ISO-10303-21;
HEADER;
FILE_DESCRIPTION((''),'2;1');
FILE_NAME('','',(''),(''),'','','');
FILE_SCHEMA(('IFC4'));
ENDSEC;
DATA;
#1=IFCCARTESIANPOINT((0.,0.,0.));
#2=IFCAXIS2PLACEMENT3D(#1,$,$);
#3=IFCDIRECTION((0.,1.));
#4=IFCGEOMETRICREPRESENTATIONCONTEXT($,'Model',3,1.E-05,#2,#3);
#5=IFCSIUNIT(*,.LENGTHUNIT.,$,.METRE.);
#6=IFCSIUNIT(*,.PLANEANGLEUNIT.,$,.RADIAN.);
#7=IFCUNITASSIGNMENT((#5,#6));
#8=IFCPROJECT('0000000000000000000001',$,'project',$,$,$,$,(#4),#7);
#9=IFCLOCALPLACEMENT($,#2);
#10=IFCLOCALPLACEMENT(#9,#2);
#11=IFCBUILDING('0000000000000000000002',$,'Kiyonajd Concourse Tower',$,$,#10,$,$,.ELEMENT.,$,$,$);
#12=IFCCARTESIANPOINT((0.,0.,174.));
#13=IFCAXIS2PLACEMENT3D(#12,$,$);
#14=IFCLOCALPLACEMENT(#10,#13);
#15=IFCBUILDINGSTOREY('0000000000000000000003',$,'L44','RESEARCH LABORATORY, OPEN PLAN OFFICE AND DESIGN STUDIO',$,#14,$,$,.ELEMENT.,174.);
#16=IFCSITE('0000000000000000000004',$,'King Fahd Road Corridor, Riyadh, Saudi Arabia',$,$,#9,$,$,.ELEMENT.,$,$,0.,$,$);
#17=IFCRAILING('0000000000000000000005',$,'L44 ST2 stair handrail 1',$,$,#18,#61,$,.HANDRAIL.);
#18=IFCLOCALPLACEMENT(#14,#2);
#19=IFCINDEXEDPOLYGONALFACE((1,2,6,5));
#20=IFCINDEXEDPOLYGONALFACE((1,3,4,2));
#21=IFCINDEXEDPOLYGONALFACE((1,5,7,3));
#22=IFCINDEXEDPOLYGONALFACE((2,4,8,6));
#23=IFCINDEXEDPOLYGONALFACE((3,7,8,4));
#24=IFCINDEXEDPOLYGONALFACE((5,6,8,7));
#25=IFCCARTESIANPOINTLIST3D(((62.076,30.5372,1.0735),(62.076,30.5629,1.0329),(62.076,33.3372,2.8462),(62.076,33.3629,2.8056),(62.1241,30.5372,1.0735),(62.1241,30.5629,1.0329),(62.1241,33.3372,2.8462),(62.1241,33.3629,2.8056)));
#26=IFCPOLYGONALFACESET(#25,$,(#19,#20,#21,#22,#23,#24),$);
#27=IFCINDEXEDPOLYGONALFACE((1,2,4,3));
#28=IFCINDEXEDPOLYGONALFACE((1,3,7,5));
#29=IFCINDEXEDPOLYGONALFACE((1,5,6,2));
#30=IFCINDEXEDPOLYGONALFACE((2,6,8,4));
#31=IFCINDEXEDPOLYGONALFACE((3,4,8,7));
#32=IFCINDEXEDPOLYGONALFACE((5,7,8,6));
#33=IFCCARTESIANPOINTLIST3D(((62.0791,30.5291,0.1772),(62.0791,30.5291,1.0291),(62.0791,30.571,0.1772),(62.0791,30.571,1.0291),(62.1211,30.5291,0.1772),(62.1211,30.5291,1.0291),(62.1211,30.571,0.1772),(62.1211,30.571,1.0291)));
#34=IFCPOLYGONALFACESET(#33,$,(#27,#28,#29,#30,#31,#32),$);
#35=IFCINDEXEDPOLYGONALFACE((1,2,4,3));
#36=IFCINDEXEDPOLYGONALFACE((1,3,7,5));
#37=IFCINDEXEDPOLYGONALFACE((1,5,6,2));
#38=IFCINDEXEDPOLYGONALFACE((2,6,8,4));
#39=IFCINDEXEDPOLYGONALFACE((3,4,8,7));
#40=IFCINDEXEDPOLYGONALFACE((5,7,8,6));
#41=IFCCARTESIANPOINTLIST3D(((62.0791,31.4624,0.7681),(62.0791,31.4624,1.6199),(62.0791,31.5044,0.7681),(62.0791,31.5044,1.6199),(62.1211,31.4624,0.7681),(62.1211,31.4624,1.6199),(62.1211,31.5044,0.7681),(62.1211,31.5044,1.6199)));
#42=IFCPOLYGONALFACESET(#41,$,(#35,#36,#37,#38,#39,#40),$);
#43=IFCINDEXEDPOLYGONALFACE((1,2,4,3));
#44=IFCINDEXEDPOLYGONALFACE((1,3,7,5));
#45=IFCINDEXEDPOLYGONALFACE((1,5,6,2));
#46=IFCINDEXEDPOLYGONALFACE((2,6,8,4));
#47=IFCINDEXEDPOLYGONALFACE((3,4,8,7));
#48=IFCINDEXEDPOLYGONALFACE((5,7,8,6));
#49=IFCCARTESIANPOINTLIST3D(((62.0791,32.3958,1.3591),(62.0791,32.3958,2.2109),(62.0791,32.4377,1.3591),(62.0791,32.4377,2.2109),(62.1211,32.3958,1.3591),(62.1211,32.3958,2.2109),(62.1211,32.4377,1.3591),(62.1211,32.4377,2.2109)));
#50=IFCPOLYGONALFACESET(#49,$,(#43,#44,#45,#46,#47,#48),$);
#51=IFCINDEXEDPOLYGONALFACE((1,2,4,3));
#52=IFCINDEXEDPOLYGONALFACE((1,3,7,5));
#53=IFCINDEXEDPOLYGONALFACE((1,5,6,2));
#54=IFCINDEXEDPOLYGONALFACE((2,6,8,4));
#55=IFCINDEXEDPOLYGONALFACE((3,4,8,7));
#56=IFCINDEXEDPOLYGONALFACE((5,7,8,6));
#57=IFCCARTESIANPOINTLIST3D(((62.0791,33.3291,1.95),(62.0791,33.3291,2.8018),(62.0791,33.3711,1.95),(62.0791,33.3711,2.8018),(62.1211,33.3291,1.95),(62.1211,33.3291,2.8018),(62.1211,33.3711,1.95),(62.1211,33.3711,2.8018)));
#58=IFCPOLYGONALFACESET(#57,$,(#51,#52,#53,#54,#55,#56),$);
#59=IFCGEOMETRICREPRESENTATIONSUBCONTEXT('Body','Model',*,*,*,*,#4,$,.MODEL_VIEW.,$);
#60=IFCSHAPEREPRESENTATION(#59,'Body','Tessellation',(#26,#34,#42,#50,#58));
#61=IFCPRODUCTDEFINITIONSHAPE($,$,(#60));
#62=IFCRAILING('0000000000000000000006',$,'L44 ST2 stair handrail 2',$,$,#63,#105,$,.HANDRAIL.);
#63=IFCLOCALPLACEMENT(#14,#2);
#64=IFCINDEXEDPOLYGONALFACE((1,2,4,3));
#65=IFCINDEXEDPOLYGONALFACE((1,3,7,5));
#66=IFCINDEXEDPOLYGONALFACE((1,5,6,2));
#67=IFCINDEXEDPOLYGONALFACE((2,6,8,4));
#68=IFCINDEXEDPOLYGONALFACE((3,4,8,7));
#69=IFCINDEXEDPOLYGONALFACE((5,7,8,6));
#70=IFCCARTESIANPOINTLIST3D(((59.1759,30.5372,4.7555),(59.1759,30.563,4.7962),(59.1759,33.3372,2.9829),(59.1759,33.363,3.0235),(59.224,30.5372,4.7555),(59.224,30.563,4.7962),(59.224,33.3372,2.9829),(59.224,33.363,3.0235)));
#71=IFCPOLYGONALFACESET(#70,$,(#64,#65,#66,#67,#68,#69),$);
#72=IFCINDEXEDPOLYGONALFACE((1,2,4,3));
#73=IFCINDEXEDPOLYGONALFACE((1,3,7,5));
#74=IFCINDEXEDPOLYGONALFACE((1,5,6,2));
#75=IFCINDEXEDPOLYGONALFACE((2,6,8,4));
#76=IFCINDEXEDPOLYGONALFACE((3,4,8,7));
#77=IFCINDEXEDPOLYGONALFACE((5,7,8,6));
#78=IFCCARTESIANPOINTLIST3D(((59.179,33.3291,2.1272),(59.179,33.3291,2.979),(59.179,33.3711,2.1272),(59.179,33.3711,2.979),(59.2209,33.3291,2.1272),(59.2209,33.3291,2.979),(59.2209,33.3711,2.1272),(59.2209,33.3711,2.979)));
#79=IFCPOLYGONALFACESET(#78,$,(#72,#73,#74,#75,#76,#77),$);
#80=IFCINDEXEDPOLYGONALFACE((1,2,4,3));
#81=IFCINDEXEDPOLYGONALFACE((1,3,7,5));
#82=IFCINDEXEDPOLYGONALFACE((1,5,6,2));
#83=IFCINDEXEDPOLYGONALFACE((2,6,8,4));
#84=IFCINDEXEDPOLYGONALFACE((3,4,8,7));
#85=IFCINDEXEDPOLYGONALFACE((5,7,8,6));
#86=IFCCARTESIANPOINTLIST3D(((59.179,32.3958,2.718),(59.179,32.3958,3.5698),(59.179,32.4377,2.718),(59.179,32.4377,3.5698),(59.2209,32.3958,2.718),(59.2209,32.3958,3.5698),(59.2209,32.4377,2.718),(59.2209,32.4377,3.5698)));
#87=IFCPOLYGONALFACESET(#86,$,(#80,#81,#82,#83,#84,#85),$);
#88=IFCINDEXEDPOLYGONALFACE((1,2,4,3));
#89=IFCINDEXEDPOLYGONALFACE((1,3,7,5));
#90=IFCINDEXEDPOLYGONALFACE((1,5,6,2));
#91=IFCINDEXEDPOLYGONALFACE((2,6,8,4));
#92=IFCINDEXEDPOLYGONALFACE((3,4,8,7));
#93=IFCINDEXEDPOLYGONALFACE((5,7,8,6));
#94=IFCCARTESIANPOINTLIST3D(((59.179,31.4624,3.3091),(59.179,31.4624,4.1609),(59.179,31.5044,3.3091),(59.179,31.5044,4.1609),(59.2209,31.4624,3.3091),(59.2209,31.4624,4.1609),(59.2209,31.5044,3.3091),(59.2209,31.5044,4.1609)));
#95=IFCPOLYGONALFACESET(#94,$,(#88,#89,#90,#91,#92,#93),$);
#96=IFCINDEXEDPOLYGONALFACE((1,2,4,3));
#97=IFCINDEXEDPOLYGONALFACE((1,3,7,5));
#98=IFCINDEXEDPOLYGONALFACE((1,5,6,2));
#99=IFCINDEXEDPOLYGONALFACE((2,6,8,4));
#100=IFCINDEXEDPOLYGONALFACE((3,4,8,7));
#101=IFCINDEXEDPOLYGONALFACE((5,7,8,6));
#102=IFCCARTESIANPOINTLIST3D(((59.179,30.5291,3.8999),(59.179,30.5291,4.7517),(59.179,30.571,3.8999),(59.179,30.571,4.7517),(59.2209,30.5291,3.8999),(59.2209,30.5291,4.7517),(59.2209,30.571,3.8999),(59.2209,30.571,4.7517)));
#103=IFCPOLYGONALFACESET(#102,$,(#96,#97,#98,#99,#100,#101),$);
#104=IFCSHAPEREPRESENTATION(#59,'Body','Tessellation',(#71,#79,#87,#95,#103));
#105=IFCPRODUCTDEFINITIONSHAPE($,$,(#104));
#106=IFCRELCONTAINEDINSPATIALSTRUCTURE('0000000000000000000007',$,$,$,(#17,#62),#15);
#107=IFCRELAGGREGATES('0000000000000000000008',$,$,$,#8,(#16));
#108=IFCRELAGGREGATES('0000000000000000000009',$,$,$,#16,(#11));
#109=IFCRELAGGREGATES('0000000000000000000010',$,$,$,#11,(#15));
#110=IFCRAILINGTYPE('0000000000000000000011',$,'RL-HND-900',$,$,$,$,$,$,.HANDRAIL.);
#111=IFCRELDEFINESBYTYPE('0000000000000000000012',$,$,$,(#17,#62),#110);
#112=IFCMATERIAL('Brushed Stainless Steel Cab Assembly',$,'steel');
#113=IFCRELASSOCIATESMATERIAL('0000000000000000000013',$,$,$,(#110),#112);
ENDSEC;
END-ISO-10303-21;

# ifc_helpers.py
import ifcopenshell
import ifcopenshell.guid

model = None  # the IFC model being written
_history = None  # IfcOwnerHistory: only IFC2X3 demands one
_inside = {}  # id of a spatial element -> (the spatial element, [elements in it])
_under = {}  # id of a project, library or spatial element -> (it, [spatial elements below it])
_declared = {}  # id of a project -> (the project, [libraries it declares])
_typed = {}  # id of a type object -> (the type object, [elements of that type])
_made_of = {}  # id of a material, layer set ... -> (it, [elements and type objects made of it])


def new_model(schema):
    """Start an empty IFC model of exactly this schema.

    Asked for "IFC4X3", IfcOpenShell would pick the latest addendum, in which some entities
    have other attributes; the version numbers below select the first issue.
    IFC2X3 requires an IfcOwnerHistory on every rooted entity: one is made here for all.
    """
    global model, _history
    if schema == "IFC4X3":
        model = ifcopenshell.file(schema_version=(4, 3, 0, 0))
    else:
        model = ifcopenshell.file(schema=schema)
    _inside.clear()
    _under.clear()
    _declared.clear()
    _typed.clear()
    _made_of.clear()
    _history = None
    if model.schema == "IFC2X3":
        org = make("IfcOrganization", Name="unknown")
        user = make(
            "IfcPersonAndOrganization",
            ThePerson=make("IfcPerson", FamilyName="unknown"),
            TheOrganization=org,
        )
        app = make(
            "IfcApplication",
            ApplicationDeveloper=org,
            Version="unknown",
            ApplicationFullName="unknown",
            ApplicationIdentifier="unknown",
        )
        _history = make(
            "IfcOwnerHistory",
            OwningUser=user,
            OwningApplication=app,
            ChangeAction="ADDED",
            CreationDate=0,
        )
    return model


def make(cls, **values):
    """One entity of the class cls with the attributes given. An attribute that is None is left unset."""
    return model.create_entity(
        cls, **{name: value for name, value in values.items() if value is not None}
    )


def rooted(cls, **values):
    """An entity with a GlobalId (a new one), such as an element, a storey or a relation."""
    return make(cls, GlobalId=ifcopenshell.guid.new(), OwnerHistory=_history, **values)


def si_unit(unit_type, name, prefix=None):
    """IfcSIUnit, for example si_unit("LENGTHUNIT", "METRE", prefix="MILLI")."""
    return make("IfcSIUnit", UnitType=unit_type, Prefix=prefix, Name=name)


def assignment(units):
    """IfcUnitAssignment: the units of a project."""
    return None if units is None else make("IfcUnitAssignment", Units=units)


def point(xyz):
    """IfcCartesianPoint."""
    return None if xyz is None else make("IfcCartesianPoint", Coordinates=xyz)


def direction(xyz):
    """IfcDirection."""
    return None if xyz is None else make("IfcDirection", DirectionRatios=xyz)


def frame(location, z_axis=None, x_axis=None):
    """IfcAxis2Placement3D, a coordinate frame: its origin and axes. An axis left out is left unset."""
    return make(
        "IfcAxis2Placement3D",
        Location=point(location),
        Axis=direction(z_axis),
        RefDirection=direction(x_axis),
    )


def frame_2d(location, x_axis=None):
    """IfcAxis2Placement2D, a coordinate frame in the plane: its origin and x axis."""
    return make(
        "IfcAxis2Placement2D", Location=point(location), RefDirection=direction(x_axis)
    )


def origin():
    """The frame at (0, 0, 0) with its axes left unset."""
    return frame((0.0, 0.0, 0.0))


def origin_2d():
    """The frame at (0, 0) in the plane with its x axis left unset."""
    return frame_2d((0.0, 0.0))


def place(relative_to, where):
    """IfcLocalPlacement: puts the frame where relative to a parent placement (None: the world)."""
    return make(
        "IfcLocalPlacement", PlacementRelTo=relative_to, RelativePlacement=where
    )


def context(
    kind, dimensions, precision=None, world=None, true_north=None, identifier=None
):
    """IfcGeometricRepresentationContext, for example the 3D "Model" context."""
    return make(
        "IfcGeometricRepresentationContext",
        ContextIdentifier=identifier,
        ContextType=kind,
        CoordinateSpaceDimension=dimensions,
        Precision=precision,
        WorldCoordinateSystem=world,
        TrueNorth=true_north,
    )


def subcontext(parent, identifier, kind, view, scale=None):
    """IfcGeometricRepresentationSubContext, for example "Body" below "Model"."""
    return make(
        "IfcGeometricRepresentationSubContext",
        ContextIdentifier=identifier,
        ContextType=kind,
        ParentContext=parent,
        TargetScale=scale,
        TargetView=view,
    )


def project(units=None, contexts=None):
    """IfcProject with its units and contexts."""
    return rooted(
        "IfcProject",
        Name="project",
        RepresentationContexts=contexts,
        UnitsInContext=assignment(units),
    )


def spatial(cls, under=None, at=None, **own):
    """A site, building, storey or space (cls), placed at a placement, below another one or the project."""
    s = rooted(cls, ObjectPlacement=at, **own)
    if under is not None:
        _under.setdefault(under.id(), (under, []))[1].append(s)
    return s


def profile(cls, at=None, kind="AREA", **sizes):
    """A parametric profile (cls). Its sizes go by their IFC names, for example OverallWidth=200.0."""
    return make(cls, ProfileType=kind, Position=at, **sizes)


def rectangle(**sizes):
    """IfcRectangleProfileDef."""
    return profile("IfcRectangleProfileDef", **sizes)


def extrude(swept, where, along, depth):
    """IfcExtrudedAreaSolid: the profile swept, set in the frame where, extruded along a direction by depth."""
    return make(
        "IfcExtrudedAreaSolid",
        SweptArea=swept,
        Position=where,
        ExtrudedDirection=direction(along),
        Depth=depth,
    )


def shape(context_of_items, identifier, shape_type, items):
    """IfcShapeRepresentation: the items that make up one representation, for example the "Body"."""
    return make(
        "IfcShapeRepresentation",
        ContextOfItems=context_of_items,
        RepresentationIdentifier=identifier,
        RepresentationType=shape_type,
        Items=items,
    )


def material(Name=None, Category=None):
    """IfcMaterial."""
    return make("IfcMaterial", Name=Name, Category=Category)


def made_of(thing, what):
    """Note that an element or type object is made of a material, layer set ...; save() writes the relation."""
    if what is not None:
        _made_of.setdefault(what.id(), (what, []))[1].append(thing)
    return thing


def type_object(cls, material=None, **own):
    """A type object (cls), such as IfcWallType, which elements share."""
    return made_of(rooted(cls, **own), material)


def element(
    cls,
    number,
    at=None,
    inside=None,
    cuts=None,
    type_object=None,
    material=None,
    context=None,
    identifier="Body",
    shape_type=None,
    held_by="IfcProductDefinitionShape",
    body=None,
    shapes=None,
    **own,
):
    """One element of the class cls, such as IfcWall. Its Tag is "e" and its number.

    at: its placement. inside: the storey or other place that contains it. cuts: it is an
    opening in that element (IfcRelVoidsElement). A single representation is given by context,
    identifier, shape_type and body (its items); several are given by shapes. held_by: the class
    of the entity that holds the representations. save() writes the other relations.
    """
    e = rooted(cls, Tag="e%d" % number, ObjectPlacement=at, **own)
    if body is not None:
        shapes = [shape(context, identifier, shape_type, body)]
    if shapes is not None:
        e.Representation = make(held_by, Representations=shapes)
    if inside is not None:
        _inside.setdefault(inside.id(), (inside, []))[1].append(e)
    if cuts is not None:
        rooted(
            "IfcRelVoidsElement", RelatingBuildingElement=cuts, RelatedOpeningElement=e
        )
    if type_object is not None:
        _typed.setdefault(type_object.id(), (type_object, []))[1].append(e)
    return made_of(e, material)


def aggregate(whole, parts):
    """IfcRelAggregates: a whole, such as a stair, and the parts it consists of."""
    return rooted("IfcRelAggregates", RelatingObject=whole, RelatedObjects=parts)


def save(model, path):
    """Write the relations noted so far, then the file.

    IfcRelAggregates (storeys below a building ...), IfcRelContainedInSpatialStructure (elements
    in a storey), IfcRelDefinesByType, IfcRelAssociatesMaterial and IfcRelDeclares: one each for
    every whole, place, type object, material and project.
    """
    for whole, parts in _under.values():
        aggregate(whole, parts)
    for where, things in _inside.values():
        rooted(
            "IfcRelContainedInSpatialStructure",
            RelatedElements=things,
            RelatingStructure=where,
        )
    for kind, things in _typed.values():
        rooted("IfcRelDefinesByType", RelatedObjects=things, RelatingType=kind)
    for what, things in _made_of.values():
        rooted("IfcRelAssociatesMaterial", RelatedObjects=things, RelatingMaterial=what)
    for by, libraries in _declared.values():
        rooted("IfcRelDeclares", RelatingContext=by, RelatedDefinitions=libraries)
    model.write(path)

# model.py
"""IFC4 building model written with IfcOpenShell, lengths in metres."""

from ifc_helpers import new_model, si_unit, direction, frame, origin, origin_2d, place, context, subcontext, project, spatial, rectangle, extrude, material, type_object, element, save


model = new_model("IFC4")

# Units and contexts
model_context = context("Model", 3, precision=1e-05, world=origin(), true_north=direction((0.0, 1.0)))
body_context = subcontext(model_context, "Body", "Model", "MODEL_VIEW")
ifc_project = project(units=[si_unit("LENGTHUNIT", "METRE"), si_unit("PLANEANGLEUNIT", "RADIAN")], contexts=[model_context])

# Site, building, storey
site_placement = place(None, origin())
site = spatial("IfcSite", under=ifc_project, at=site_placement, Name="King Fahd Road Corridor, Riyadh, Saudi Arabia", CompositionType="ELEMENT", RefElevation=0.0)
building_placement = place(site_placement, origin())
building = spatial("IfcBuilding", under=site, at=building_placement, Name="Kiyonajd Concourse Tower", CompositionType="ELEMENT")
storey_placement = place(building_placement, frame((0.0, 0.0, 174.0)))
storey = spatial("IfcBuildingStorey", under=building, at=storey_placement, Name="L44", Description="RESEARCH LABORATORY, OPEN PLAN OFFICE AND DESIGN STUDIO", CompositionType="ELEMENT", Elevation=174.0)

# Railings
ifc_material_1 = material(Name="Brushed Stainless Steel Cab Assembly", Category="steel")
railing_type_1 = type_object("IfcRailingType", Name="RL-HND-900", PredefinedType="HANDRAIL", material=ifc_material_1)
railing_1_placement = place(storey_placement, frame((62.1001, 30.55, 0.1772)))
element("IfcRailing", 1, at=railing_1_placement, inside=storey, type_object=railing_type_1, Name="L44 ST2 stair handrail 1", PredefinedType="HANDRAIL", context=body_context, shape_type="SweptSolid", body=[
    extrude(rectangle(XDim=0.0481, YDim=0.0481, at=origin_2d()), frame((0.0, 0.0, 0.876), z_axis=(0.0, 0.844909, 0.53491), x_axis=(-1.0, 0.0, 0.0)), (0.0, 0.0, 1.0), 3.314),
    extrude(rectangle(XDim=0.042, YDim=0.042, at=origin_2d()), origin(), (0.0, 0.0, 1.0), 0.8518),
    extrude(rectangle(XDim=0.042, YDim=0.042, at=origin_2d()), frame((0.0, 0.9333, 0.5908)), (0.0, 0.0, 1.0), 0.8518),
    extrude(rectangle(XDim=0.042, YDim=0.042, at=origin_2d()), frame((0.0, 1.8667, 1.1819)), (0.0, 0.0, 1.0), 0.8518),
    extrude(rectangle(XDim=0.042, YDim=0.042, at=origin_2d()), frame((0.0, 2.8, 1.7727)), (0.0, 0.0, 1.0), 0.8518),
])
railing_2_placement = place(storey_placement, frame((59.2, 33.3501, 2.1272)))
element("IfcRailing", 2, at=railing_2_placement, inside=storey, type_object=railing_type_1, Name="L44 ST2 stair handrail 2", PredefinedType="HANDRAIL", context=body_context, shape_type="SweptSolid", body=[
    extrude(rectangle(XDim=0.0481, YDim=0.0481, at=origin_2d()), frame((0.0, 0.0, 0.876), z_axis=(0.0, -0.844909, 0.53491), x_axis=(1.0, 0.0, 0.0)), (0.0, 0.0, 1.0), 3.314),
    extrude(rectangle(XDim=0.042, YDim=0.042, at=origin_2d()), origin(), (0.0, 0.0, 1.0), 0.8518),
    extrude(rectangle(XDim=0.042, YDim=0.042, at=origin_2d()), frame((0.0, -0.9333, 0.5908)), (0.0, 0.0, 1.0), 0.8518),
    extrude(rectangle(XDim=0.042, YDim=0.042, at=origin_2d()), frame((0.0, -1.8667, 1.1819)), (0.0, 0.0, 1.0), 0.8518),
    extrude(rectangle(XDim=0.042, YDim=0.042, at=origin_2d()), frame((0.0, -2.8, 1.7727)), (0.0, 0.0, 1.0), 0.8518),
])

save(model, "model.ifc")
